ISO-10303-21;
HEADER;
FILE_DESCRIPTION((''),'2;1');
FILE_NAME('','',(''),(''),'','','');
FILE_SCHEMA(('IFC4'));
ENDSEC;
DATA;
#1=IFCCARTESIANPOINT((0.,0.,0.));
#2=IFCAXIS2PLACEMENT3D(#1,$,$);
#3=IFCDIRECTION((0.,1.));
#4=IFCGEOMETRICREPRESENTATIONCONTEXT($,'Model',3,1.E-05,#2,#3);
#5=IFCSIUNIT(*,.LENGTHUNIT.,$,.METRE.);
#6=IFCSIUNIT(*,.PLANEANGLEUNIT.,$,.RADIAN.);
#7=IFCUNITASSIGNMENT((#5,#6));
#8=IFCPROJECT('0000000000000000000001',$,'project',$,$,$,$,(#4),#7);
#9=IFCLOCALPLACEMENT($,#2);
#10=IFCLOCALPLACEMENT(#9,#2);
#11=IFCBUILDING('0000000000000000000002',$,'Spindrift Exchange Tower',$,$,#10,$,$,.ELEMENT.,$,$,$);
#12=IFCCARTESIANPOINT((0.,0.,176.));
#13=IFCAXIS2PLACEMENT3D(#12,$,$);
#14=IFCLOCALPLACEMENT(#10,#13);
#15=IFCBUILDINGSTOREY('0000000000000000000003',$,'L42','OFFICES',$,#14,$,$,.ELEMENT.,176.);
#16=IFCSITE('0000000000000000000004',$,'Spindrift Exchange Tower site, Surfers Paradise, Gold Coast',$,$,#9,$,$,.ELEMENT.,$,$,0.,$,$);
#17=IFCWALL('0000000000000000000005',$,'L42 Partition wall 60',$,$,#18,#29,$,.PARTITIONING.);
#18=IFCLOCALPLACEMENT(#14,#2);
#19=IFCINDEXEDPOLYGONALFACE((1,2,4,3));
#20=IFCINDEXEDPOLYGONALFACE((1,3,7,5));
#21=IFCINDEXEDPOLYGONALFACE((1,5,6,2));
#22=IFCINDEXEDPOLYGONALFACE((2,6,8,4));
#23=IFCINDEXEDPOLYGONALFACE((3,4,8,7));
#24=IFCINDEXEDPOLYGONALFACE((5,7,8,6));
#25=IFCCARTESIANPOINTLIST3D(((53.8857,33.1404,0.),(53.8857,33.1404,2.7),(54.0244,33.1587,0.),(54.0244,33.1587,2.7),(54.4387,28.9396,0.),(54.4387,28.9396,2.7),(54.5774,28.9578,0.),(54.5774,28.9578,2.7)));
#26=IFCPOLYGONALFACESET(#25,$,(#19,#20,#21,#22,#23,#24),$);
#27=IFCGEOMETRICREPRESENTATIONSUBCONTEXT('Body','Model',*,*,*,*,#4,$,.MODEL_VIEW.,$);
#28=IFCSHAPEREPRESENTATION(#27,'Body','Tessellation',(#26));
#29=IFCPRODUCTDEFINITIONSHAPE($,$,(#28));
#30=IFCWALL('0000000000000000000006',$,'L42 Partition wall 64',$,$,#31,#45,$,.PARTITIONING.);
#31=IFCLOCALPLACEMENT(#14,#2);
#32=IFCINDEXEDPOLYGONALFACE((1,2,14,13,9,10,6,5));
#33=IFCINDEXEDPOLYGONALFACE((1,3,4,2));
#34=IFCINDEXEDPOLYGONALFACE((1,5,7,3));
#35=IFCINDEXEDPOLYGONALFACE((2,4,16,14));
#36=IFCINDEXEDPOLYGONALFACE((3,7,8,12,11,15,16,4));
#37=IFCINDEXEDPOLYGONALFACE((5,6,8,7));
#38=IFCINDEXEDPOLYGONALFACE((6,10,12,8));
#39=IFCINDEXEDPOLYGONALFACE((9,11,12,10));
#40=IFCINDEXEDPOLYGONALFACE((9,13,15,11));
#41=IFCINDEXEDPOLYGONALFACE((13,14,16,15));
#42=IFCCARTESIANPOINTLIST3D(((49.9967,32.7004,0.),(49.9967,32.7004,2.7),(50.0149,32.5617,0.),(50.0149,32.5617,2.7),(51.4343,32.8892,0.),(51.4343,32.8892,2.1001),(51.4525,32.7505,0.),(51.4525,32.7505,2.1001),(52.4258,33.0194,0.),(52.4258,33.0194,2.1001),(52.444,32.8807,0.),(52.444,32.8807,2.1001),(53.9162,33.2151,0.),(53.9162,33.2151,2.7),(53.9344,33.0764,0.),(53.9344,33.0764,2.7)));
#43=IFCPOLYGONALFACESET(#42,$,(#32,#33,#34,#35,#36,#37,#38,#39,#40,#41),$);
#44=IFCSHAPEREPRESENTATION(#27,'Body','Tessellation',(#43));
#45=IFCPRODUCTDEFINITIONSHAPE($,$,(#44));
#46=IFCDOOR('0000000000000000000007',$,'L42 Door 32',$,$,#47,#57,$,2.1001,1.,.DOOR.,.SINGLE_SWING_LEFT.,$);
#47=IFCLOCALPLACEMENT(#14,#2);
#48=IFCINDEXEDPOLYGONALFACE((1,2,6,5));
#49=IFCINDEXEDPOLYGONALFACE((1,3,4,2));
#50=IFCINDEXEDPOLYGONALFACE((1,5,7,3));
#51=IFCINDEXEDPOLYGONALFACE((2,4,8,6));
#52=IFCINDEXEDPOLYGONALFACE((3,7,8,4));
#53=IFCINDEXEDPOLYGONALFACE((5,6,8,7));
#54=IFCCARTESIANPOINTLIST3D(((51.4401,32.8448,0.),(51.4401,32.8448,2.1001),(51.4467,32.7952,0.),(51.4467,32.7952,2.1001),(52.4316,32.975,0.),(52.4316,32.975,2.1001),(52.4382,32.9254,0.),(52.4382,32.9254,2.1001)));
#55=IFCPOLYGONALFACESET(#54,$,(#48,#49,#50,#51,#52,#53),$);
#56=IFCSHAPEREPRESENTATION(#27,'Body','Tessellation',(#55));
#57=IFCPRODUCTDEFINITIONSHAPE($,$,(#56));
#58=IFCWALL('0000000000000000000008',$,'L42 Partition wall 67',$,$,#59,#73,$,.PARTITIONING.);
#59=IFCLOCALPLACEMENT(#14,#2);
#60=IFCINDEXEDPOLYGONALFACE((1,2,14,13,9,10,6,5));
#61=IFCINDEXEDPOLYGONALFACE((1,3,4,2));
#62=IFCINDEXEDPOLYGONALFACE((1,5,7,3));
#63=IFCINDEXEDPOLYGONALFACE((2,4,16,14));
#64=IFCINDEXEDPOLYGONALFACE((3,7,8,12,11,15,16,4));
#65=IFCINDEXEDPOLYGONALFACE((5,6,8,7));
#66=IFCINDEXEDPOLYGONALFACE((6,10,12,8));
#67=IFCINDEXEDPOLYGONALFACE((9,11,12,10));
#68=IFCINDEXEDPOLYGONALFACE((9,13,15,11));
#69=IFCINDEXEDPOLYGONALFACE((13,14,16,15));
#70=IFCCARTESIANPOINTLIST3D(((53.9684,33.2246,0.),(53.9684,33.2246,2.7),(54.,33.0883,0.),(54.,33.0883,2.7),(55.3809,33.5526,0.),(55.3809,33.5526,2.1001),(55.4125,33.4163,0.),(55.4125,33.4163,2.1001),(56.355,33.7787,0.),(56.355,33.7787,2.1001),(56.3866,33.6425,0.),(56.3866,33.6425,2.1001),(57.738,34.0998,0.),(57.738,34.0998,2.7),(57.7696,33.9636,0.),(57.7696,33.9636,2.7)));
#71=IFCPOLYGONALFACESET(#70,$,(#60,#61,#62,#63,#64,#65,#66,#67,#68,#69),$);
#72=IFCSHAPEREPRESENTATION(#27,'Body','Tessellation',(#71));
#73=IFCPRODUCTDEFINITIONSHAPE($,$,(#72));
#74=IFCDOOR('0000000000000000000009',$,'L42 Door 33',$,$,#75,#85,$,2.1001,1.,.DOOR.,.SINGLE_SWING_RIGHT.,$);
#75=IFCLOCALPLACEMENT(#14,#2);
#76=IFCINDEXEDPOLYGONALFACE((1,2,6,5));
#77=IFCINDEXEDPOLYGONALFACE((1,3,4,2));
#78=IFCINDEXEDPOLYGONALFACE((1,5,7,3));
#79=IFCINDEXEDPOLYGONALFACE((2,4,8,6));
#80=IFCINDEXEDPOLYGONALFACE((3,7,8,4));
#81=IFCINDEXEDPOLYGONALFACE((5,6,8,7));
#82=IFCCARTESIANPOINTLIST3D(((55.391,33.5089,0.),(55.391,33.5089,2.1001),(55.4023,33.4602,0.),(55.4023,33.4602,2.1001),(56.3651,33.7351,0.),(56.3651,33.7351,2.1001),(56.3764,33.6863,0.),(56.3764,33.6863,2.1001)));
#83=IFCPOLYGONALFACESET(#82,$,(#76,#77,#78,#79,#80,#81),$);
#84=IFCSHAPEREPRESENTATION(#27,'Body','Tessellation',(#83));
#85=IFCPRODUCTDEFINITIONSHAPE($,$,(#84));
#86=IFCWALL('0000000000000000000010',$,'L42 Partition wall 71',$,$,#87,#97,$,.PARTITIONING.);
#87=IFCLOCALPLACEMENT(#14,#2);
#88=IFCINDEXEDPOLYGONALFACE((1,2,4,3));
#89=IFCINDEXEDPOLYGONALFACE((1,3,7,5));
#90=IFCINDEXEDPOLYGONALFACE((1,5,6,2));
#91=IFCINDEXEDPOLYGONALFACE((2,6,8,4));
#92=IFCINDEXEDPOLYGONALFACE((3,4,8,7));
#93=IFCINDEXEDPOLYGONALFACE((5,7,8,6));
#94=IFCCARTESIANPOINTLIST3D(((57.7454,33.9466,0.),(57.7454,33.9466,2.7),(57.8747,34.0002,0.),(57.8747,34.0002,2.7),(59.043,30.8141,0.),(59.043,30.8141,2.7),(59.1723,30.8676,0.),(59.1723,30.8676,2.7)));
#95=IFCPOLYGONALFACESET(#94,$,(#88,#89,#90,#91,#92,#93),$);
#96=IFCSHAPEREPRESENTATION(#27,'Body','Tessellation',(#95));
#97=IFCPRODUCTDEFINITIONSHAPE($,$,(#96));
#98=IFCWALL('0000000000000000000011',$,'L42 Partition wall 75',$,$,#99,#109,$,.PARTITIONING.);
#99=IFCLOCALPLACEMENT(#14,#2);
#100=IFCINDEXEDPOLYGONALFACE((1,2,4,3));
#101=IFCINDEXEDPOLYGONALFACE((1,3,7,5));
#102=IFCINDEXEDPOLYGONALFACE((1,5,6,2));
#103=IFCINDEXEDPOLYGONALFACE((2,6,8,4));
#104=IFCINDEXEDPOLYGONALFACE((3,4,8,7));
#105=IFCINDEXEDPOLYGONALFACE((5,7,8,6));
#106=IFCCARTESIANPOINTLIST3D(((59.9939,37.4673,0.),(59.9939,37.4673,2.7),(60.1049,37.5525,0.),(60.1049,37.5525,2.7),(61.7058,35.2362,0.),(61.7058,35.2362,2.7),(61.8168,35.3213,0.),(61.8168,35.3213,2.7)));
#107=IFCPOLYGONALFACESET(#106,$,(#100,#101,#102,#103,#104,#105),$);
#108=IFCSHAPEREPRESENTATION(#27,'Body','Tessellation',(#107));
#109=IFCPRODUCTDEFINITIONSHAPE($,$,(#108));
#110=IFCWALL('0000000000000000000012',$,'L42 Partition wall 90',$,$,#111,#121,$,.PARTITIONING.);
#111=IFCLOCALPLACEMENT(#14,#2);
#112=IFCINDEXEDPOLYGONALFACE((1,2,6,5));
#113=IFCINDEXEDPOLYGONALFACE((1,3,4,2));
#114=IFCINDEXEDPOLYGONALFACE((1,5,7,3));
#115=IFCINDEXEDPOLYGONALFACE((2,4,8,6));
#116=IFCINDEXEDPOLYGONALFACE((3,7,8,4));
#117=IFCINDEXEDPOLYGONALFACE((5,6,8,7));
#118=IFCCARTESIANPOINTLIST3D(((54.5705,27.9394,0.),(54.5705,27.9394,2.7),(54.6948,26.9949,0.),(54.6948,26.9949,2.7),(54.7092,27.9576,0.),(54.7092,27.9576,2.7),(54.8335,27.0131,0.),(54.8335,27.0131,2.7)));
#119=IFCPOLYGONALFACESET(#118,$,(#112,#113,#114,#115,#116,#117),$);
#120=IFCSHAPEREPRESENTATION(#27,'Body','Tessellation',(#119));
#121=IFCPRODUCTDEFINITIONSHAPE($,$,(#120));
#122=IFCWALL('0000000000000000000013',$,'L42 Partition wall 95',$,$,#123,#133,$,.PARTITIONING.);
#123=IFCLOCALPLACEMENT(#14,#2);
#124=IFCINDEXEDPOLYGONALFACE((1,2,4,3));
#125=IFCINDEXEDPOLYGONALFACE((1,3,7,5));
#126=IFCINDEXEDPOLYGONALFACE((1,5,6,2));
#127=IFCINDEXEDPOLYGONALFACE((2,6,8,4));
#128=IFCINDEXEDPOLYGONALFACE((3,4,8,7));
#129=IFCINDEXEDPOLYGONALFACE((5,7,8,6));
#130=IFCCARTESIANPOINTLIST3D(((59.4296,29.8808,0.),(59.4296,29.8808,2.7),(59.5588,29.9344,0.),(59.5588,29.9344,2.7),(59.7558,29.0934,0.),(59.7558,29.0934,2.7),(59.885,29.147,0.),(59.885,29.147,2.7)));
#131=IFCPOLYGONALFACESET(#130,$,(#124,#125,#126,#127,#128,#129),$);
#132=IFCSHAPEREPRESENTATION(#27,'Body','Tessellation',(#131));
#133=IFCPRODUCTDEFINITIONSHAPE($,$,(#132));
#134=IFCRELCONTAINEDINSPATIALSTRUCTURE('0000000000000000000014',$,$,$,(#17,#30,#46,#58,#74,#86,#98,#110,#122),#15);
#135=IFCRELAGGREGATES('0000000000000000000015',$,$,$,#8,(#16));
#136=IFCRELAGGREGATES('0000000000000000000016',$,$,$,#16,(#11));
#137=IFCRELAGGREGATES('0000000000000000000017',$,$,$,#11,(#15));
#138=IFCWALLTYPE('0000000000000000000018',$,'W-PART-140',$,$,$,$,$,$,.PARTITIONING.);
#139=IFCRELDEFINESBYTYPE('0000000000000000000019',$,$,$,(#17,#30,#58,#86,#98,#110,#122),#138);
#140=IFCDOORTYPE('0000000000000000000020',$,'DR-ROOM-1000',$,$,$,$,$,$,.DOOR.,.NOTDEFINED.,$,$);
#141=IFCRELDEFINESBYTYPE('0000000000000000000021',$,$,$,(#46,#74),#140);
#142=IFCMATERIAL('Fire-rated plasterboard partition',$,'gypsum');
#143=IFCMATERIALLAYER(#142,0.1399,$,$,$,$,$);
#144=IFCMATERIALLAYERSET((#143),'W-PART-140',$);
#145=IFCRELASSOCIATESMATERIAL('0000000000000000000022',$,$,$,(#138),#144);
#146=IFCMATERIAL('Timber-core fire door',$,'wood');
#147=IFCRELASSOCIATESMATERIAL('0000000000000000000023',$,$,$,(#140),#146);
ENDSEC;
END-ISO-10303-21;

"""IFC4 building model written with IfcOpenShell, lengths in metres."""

from ifc_helpers import new_model, si_unit, direction, frame, frame_2d, origin, place, context, subcontext, project, spatial, rectangle, extrude, source, transform, mapped, material, layer, layer_set, type_object, element, fill, save


model = new_model("IFC4")

# Units and contexts
model_context = context("Model", 3, precision=1e-05, world=origin(), true_north=direction((0.0, 1.0)))
body_context = subcontext(model_context, "Body", "Model", "MODEL_VIEW")
ifc_project = project(units=[si_unit("LENGTHUNIT", "METRE"), si_unit("PLANEANGLEUNIT", "RADIAN")], contexts=[model_context])

# Site, building, storey
site_placement = place(None, origin())
site = spatial("IfcSite", under=ifc_project, at=site_placement, Name="Spindrift Exchange Tower site, Surfers Paradise, Gold Coast", CompositionType="ELEMENT", RefElevation=0.0)
building_placement = place(site_placement, origin())
building = spatial("IfcBuilding", under=site, at=building_placement, Name="Spindrift Exchange Tower", CompositionType="ELEMENT")
storey_placement = place(building_placement, frame((0.0, 0.0, 176.0)))
storey = spatial("IfcBuildingStorey", under=building, at=storey_placement, Name="L42", Description="OFFICES", CompositionType="ELEMENT", Elevation=176.0)

# Wall
ifc_material_1 = material(Name="Fire-rated plasterboard partition", Category="gypsum")
ifc_layer_1 = layer(ifc_material_1, 0.1399)
ifc_layer_set_1 = layer_set([ifc_layer_1], Name="W-PART-140")
wall_type = type_object("IfcWallType", Name="W-PART-140", PredefinedType="PARTITIONING", material=ifc_layer_set_1)
wall_1_placement = place(storey_placement, frame((53.9551, 33.1497, 0.0), z_axis=(0.0, 0.0, 1.0), x_axis=(0.130507, -0.991447, 0.0)))
element("IfcWall", 1, at=wall_1_placement, inside=storey, type_object=wall_type, Name="L42 Partition wall 60", PredefinedType="PARTITIONING", context=body_context, shape_type="SweptSolid", body=[
    extrude(rectangle(XDim=4.2371, YDim=0.1399, at=frame_2d((2.1187, 0.0))), origin(), (0.0, 0.0, 1.0), 2.7),
])

# Walls, openings, doors
wall_2_placement = place(storey_placement, frame((53.9253, 33.1458, 0.0), z_axis=(0.0, 0.0, 1.0), x_axis=(-0.991489, -0.130189, 0.0)))
wall_2 = element("IfcWall", 2, at=wall_2_placement, inside=storey, type_object=wall_type, Name="L42 Partition wall 64", PredefinedType="PARTITIONING", context=body_context, shape_type="SweptSolid", body=[
    extrude(rectangle(XDim=3.9531, YDim=0.1399, at=frame_2d((1.9766, 0.0))), origin(), (0.0, 0.0, 1.0), 2.7),
])
opening_1_placement = place(wall_2_placement, frame((1.5032, 0.0, 0.0)))
opening_1 = element("IfcOpeningElement", 3, at=opening_1_placement, cuts=wall_2, PredefinedType="OPENING", context=body_context, shape_type="SweptSolid", body=[
    extrude(rectangle(XDim=1.0, YDim=2.1001, at=frame_2d((0.5, 1.05))), frame((0.0, 0.0798, 0.0), z_axis=(0.0, -1.0, 0.0), x_axis=(1.0, 0.0, 0.0)), (0.0, 0.0, 1.0), 0.1599),
])
ifc_material_2 = material(Name="Timber-core fire door", Category="wood")
door_type = type_object("IfcDoorType", Name="DR-ROOM-1000", OperationType="NOTDEFINED", PredefinedType="DOOR", material=ifc_material_2)
shared_shape_1 = source(origin(), body_context, "Body", "SweptSolid", [
    extrude(rectangle(XDim=1.0, YDim=2.1001, at=frame_2d((0.5, 1.05))), frame((0.0, 0.0249, 0.0), z_axis=(0.0, -1.0, 0.0), x_axis=(1.0, 0.0, 0.0)), (0.0, 0.0, 1.0), 0.05),
])
door_1_placement = place(opening_1_placement, origin())
door_1 = element("IfcDoor", 4, at=door_1_placement, inside=storey, type_object=door_type, Name="L42 Door 32", OperationType="SINGLE_SWING_LEFT", OverallHeight=2.1001, OverallWidth=1.0, PredefinedType="DOOR", context=body_context, shape_type="MappedRepresentation", body=[
    mapped(shared_shape_1, transform((0.0, 0.0, 0.0), scale=1.0)),
])
fill(opening_1, door_1)
wall_3_placement = place(storey_placement, frame((57.7539, 34.0317, 0.0), z_axis=(0.0, 0.0, 1.0), x_axis=(-0.974087, -0.226172, 0.0)))
wall_3 = element("IfcWall", 5, at=wall_3_placement, inside=storey, type_object=wall_type, Name="L42 Partition wall 67", PredefinedType="PARTITIONING", context=body_context, shape_type="SweptSolid", body=[
    extrude(rectangle(XDim=3.8699, YDim=0.1399, at=frame_2d((1.9351, 0.0))), origin(), (0.0, 0.0, 1.0), 2.7),
])
opening_2_placement = place(wall_3_placement, frame((1.4199, 0.0, 0.0)))
opening_2 = element("IfcOpeningElement", 6, at=opening_2_placement, cuts=wall_3, PredefinedType="OPENING", context=body_context, shape_type="SweptSolid", body=[
    extrude(rectangle(XDim=1.0, YDim=2.1001, at=frame_2d((0.5, 1.05))), frame((0.0, 0.0798, 0.0), z_axis=(0.0, -1.0, 0.0), x_axis=(1.0, 0.0, 0.0)), (0.0, 0.0, 1.0), 0.1599),
])
door_2_placement = place(opening_2_placement, origin())
door_2 = element("IfcDoor", 7, at=door_2_placement, inside=storey, type_object=door_type, Name="L42 Door 33", OperationType="SINGLE_SWING_RIGHT", OverallHeight=2.1001, OverallWidth=1.0, PredefinedType="DOOR", context=body_context, shape_type="MappedRepresentation", body=[
    mapped(shared_shape_1, transform((0.0, 0.0, 0.0), scale=1.0)),
])
fill(opening_2, door_2)

# Walls
wall_4_placement = place(storey_placement, frame((57.8101, 33.9734, 0.0), z_axis=(0.0, 0.0, 1.0), x_axis=(0.382697, -0.923874, 0.0)))
element("IfcWall", 8, at=wall_4_placement, inside=storey, type_object=wall_type, Name="L42 Partition wall 71", PredefinedType="PARTITIONING", context=body_context, shape_type="SweptSolid", body=[
    extrude(rectangle(XDim=3.3906, YDim=0.1399, at=frame_2d((1.6953, 0.0))), origin(), (0.0, 0.0, 1.0), 2.7),
])
wall_5_placement = place(storey_placement, frame((60.0493, 37.51, 0.0), z_axis=(0.0, 0.0, 1.0), x_axis=(0.608729, -0.793379, 0.0)))
element("IfcWall", 9, at=wall_5_placement, inside=storey, type_object=wall_type, Name="L42 Partition wall 75", PredefinedType="PARTITIONING", context=body_context, shape_type="SweptSolid", body=[
    extrude(rectangle(XDim=2.8123, YDim=0.1399, at=frame_2d((1.4062, 0.0))), origin(), (0.0, 0.0, 1.0), 2.7),
])
wall_6_placement = place(storey_placement, frame((54.6399, 27.9485, 0.0), z_axis=(0.0, 0.0, 1.0), x_axis=(0.130435, -0.991457, 0.0)))
element("IfcWall", 10, at=wall_6_placement, inside=storey, type_object=wall_type, Name="L42 Partition wall 90", PredefinedType="PARTITIONING", context=body_context, shape_type="SweptSolid", body=[
    extrude(rectangle(XDim=0.9526, YDim=0.1399, at=frame_2d((0.4763, 0.0))), origin(), (0.0, 0.0, 1.0), 2.7),
])
wall_7_placement = place(storey_placement, frame((59.4941, 29.9077, 0.0), z_axis=(0.0, 0.0, 1.0), x_axis=(0.382723, -0.923863, 0.0)))
element("IfcWall", 11, at=wall_7_placement, inside=storey, type_object=wall_type, Name="L42 Partition wall 95", PredefinedType="PARTITIONING", context=body_context, shape_type="SweptSolid", body=[
    extrude(rectangle(XDim=0.8523, YDim=0.1399, at=frame_2d((0.4263, 0.0))), origin(), (0.0, 0.0, 1.0), 2.7),
])

save(model, "model.ifc")
